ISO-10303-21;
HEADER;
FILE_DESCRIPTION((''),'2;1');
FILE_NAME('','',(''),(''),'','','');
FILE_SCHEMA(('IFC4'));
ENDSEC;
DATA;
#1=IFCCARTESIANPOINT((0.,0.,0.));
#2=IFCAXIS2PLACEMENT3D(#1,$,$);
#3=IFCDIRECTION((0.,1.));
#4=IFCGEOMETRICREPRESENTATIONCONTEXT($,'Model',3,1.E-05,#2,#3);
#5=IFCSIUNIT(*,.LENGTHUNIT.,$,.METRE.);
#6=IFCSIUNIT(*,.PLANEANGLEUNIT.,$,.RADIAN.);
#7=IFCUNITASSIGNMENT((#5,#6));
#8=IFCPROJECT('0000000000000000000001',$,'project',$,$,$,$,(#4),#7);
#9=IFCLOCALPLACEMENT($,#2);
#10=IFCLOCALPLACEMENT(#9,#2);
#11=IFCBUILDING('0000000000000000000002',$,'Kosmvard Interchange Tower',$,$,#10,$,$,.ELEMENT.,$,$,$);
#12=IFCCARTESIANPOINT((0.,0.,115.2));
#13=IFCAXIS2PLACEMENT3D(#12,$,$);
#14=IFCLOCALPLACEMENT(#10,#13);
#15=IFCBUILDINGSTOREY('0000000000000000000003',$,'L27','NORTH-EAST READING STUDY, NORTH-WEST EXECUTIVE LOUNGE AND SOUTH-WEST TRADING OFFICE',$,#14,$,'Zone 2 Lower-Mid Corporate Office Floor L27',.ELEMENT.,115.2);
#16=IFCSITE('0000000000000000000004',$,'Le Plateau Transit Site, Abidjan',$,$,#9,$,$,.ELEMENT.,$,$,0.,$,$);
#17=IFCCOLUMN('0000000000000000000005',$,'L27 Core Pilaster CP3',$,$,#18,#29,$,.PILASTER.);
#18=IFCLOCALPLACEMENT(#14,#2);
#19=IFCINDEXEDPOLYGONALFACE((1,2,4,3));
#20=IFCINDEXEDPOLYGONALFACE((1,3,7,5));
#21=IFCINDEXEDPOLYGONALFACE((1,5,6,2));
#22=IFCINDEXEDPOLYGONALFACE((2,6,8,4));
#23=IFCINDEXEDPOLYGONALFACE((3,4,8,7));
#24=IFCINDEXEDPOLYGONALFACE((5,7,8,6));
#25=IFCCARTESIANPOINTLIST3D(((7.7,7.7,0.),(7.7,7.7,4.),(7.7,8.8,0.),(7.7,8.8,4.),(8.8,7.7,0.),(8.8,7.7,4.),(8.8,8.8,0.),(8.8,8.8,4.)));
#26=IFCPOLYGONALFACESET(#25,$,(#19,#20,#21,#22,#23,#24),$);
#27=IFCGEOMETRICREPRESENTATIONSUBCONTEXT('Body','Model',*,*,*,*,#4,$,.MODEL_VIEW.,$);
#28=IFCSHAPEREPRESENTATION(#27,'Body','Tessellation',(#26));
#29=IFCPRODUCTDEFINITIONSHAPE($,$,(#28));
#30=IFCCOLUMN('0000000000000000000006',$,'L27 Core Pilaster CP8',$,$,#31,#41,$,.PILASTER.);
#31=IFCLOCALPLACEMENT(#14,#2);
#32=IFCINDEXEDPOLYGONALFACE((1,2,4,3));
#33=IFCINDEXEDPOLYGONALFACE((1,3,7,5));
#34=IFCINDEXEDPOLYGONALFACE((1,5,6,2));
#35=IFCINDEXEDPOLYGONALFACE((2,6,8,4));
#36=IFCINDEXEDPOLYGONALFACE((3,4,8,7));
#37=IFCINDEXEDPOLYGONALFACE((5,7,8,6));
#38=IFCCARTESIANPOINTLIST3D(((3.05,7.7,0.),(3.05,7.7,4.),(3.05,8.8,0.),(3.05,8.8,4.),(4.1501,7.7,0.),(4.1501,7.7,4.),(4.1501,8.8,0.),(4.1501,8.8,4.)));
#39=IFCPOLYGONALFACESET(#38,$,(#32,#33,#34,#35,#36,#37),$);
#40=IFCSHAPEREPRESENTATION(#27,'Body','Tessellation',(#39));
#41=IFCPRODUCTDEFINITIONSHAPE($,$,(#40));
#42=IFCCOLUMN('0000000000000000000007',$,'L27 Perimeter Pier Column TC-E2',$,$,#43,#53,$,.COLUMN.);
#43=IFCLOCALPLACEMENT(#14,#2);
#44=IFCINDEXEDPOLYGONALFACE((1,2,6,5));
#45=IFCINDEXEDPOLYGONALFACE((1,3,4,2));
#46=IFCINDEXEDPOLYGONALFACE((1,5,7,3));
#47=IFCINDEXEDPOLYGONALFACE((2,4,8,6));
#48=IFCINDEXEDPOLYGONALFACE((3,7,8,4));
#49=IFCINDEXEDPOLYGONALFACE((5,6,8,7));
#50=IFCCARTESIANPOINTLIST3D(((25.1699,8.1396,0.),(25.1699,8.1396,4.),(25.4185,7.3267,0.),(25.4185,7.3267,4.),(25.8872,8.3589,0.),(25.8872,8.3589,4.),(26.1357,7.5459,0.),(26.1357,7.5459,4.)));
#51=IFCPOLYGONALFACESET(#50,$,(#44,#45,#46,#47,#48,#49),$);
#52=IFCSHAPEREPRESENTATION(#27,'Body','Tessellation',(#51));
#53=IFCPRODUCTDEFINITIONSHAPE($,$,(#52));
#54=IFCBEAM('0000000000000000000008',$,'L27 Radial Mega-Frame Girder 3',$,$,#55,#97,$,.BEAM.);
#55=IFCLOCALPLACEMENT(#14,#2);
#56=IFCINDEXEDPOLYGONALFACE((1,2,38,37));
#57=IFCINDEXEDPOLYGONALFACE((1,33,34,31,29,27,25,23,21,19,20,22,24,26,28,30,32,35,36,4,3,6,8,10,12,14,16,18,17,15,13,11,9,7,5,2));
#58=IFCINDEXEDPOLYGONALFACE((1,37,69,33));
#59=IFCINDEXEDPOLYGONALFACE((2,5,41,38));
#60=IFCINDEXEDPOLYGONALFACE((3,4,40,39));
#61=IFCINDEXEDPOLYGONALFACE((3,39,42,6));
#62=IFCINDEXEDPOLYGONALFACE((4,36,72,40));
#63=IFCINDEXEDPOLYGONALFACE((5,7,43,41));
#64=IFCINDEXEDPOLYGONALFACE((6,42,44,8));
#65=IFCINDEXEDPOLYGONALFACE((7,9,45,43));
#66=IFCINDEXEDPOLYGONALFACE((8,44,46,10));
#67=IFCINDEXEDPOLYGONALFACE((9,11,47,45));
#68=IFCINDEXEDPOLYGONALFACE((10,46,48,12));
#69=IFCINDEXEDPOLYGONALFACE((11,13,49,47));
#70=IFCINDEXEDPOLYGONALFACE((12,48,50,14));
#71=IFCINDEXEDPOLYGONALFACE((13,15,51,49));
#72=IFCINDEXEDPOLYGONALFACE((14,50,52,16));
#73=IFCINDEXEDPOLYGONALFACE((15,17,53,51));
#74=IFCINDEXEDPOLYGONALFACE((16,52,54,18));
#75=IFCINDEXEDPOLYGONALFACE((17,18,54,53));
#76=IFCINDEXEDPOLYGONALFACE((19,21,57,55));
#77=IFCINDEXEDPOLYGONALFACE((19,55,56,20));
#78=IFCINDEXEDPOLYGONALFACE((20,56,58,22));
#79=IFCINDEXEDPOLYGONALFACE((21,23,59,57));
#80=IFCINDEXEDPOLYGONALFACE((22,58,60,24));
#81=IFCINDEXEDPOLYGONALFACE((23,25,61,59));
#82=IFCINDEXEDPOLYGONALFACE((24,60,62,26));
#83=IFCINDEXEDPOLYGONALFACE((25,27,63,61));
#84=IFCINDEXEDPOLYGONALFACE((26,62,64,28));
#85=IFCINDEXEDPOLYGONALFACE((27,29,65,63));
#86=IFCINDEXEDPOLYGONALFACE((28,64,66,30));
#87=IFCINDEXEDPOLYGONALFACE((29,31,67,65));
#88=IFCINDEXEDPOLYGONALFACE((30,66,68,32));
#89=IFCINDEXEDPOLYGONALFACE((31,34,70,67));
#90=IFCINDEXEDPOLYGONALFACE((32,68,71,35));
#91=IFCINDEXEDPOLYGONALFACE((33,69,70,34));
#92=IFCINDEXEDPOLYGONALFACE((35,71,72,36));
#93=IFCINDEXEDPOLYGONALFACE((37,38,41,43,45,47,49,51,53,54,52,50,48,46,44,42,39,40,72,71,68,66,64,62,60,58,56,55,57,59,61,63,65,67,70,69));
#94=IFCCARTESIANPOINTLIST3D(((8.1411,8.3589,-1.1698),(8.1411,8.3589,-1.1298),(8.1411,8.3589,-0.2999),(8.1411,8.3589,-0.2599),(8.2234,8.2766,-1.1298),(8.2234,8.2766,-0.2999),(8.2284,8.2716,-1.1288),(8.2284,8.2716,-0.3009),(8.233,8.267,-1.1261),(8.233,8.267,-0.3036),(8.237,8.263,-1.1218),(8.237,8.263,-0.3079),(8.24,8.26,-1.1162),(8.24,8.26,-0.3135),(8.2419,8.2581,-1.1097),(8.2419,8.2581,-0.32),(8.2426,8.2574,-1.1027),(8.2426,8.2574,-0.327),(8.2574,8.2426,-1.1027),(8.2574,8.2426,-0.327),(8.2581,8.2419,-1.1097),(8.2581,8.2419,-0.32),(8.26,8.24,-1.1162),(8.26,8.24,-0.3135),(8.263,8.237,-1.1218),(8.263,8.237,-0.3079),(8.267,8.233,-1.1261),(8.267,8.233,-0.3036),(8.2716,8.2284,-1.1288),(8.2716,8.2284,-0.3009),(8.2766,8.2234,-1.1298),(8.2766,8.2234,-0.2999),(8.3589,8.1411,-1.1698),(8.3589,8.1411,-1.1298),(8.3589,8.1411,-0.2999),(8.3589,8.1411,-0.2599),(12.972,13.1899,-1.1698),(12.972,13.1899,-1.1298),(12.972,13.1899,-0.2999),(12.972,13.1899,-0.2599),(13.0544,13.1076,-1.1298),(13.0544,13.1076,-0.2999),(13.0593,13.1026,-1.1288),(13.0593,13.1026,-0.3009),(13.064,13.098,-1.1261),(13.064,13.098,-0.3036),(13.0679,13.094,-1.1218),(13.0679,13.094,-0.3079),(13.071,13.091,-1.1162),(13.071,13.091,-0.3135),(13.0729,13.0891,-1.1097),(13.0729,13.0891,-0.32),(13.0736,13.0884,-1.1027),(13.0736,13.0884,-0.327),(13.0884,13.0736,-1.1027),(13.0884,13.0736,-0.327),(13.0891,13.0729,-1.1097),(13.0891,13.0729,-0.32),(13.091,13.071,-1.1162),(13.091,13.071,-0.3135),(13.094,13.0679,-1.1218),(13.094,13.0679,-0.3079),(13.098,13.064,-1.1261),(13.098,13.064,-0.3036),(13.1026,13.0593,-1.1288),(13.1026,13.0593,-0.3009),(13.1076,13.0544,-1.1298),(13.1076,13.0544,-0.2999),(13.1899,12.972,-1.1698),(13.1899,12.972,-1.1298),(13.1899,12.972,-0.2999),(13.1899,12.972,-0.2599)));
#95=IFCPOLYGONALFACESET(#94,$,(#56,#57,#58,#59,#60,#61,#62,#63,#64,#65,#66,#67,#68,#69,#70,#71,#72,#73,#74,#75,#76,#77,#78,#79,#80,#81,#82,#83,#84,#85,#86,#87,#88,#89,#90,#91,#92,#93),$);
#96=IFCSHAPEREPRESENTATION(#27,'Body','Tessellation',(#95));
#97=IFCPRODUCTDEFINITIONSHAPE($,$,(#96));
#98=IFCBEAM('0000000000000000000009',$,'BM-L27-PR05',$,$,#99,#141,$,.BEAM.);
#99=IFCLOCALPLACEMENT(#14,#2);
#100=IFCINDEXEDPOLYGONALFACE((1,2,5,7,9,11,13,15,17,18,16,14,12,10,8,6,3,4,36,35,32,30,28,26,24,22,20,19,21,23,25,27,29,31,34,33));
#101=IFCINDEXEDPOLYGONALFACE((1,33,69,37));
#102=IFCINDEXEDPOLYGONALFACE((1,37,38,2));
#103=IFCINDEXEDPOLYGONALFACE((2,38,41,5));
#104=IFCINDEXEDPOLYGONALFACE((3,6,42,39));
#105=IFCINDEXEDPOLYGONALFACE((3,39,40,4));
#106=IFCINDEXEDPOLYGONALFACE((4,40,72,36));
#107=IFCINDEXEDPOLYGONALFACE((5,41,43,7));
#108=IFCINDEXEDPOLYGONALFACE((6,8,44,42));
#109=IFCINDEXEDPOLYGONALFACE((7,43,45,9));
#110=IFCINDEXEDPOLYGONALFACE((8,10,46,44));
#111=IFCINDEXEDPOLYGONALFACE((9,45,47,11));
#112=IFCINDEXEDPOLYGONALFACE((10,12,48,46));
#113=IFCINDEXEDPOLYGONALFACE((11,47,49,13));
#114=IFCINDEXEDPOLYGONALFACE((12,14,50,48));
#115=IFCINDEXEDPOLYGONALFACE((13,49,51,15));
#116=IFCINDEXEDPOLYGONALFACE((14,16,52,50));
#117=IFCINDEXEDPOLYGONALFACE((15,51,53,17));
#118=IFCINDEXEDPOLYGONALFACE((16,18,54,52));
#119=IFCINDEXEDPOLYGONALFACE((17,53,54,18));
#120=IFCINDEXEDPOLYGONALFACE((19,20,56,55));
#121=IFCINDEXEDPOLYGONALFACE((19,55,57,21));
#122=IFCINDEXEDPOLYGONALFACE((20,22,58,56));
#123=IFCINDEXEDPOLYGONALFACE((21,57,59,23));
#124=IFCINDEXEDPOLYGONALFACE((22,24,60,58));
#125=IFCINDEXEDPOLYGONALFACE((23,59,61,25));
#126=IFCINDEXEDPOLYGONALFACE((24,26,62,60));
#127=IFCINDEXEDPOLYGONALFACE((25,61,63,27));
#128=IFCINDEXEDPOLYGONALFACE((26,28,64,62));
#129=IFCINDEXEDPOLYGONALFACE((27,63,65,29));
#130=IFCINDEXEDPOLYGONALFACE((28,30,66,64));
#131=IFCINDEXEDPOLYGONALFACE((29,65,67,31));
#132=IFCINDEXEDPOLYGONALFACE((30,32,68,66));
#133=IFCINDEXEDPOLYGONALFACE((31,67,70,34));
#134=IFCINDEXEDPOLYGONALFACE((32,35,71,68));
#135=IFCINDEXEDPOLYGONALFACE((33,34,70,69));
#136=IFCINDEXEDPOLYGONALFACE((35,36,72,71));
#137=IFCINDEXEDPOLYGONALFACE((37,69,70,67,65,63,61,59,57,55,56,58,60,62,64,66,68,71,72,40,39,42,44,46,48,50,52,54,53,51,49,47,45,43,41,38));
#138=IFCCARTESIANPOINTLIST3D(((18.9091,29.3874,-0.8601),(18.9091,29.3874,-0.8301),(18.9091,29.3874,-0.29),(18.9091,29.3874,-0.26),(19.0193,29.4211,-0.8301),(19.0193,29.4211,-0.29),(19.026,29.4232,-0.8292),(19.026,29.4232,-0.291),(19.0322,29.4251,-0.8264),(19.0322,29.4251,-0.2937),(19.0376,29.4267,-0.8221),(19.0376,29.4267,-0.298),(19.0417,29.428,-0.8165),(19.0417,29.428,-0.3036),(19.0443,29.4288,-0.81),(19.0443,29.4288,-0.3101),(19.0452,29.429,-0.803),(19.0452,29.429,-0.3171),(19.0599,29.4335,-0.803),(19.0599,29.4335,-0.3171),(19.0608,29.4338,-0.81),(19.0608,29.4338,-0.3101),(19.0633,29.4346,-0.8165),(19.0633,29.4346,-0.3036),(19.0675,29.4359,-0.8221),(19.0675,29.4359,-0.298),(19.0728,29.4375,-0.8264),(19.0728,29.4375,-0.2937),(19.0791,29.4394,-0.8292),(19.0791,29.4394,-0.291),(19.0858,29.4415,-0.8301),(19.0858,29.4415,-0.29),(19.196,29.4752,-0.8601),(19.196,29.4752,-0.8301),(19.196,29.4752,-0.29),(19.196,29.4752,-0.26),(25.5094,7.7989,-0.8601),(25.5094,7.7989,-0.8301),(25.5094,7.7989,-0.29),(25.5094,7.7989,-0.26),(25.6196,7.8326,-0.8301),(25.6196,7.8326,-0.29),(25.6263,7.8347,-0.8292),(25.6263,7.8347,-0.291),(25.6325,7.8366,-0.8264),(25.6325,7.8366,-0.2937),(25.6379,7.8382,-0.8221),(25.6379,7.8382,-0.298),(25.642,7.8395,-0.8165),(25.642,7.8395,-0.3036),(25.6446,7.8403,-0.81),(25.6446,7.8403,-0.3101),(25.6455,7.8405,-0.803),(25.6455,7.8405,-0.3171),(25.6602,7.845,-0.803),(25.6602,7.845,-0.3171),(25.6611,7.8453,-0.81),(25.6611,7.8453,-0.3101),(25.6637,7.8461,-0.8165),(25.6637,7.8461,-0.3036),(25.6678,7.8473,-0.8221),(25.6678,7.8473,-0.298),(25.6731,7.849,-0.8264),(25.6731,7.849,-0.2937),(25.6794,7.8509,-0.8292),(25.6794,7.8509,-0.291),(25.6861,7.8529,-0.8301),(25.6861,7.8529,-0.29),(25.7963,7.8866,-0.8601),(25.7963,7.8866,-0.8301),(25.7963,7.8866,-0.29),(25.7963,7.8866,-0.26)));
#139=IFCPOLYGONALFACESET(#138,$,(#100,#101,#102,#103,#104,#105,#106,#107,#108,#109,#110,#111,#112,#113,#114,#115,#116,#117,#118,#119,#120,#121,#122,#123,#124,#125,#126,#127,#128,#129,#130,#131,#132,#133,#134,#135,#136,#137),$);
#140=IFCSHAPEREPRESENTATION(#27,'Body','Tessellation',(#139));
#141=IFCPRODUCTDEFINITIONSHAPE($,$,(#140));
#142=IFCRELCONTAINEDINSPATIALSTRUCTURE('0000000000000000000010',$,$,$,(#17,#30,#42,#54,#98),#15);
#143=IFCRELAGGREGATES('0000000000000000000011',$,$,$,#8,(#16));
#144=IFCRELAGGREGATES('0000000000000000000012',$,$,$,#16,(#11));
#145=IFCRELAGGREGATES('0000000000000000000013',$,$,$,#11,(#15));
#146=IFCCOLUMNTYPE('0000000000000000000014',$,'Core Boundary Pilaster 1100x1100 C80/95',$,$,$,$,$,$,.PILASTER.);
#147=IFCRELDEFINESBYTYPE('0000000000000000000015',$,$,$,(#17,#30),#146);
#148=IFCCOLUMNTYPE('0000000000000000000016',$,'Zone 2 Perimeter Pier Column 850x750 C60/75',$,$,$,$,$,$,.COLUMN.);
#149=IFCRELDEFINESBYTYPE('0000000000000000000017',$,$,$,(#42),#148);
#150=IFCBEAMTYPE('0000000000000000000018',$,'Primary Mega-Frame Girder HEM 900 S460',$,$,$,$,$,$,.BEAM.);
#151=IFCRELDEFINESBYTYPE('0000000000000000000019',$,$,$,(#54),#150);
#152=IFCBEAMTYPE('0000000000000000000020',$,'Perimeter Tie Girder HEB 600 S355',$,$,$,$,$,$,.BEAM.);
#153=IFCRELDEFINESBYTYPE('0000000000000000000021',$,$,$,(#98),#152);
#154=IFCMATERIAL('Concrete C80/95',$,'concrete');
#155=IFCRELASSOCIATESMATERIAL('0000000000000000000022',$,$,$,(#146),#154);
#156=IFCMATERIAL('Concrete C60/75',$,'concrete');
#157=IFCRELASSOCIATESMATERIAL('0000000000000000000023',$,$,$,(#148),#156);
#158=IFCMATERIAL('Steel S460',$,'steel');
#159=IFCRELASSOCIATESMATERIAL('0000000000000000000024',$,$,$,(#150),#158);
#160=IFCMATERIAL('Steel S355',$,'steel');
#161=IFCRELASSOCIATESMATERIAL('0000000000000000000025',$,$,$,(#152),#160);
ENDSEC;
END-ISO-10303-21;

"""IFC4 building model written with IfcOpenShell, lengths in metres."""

from ifc_helpers import new_model, si_unit, direction, frame, origin, origin_2d, place, context, subcontext, project, spatial, rectangle, i_section, extrude, source, transform, mapped, material, material_profile, profile_set, type_object, element, save


model = new_model("IFC4")

# Units and contexts
model_context = context("Model", 3, precision=1e-05, world=origin(), true_north=direction((0.0, 1.0)))
body_context = subcontext(model_context, "Body", "Model", "MODEL_VIEW")
ifc_project = project(units=[si_unit("LENGTHUNIT", "METRE"), si_unit("PLANEANGLEUNIT", "RADIAN")], contexts=[model_context])

# Site, building, storey
site_placement = place(None, origin())
site = spatial("IfcSite", under=ifc_project, at=site_placement, Name="Le Plateau Transit Site, Abidjan", CompositionType="ELEMENT", RefElevation=0.0)
building_placement = place(site_placement, origin())
building = spatial("IfcBuilding", under=site, at=building_placement, Name="Kosmvard Interchange Tower", CompositionType="ELEMENT")
storey_placement = place(building_placement, frame((0.0, 0.0, 115.2)))
storey = spatial("IfcBuildingStorey", under=building, at=storey_placement, Name="L27", Description="NORTH-EAST READING STUDY, NORTH-WEST EXECUTIVE LOUNGE AND SOUTH-WEST TRADING OFFICE", LongName="Zone 2 Lower-Mid Corporate Office Floor L27", CompositionType="ELEMENT", Elevation=115.2)

# Columns
ifc_material_1 = material(Name="Concrete C80/95", Category="concrete")
ifc_material_profile_1 = material_profile(ifc_material_1, rectangle(XDim=1.1001, YDim=1.1001, at=origin_2d()), Name="CP 1100x1100")
ifc_profile_set_1 = profile_set([ifc_material_profile_1], Name="Concrete C80/95")
column_type_1 = type_object("IfcColumnType", Name="Core Boundary Pilaster 1100x1100 C80/95", PredefinedType="PILASTER", material=ifc_profile_set_1)
shared_shape_1 = source(origin(), body_context, "Body", "SweptSolid", [
    extrude(rectangle(XDim=1.1001, YDim=1.1001, at=origin_2d()), origin(), (0.0, 0.0, 1.0), 4.0),
])
for number, where, z_axis, x_axis, name in (
    (1, (8.25, 8.25, 0.0), (0.0, 0.0, 1.0), (1.0, 0.0, 0.0), "L27 Core Pilaster CP3"),
    (2, (3.6001, 8.25, 0.0), (0.0, 0.0, 1.0), (1.0, 0.0, 0.0), "L27 Core Pilaster CP8"),
):
    element("IfcColumn", number, at=place(storey_placement, frame(where, z_axis=z_axis, x_axis=x_axis)), inside=storey, type_object=column_type_1, Name=name, PredefinedType="PILASTER", context=body_context, shape_type="MappedRepresentation", body=[
        mapped(shared_shape_1, transform((0.0, 0.0, 0.0), scale=1.0)),
    ])
ifc_material_2 = material(Name="Concrete C60/75", Category="concrete")
ifc_material_profile_2 = material_profile(ifc_material_2, rectangle(XDim=0.75, YDim=0.8501, at=origin_2d()), Name="TC 850x750")
ifc_profile_set_2 = profile_set([ifc_material_profile_2], Name="Concrete C60/75")
column_type_2 = type_object("IfcColumnType", Name="Zone 2 Perimeter Pier Column 850x750 C60/75", PredefinedType="COLUMN", material=ifc_profile_set_2)
shared_shape_2 = source(origin(), body_context, "Body", "SweptSolid", [
    extrude(rectangle(XDim=0.75, YDim=0.8501, at=origin_2d()), origin(), (0.0, 0.0, 1.0), 4.0),
])
column_placement = place(storey_placement, frame((25.6528, 7.8428, 0.0), z_axis=(0.0, 0.0, 1.0), x_axis=(0.956305, 0.292372, 0.0)))
element("IfcColumn", 3, at=column_placement, inside=storey, type_object=column_type_2, Name="L27 Perimeter Pier Column TC-E2", PredefinedType="COLUMN", context=body_context, shape_type="MappedRepresentation", body=[
    mapped(shared_shape_2, transform((0.0, 0.0, 0.0), scale=1.0)),
])

# Beams
ifc_material_3 = material(Name="Steel S460", Category="steel")
ifc_material_profile_3 = material_profile(ifc_material_3, i_section(OverallWidth=0.3081, OverallDepth=0.9099, WebThickness=0.021, FlangeThickness=0.04, FilletRadius=0.0271, at=origin_2d()), Name="HEM 900")
ifc_profile_set_3 = profile_set([ifc_material_profile_3], Name="Steel S460")
beam_type_1 = type_object("IfcBeamType", Name="Primary Mega-Frame Girder HEM 900 S460", PredefinedType="BEAM", material=ifc_profile_set_3)
shared_shape_3 = source(origin(), body_context, "Body", "SweptSolid", [
    extrude(i_section(OverallWidth=0.3081, OverallDepth=0.9099, WebThickness=0.021, FlangeThickness=0.04, FilletRadius=0.0271, at=origin_2d()), origin(), (0.0, 0.0, 1.0), 6.832),
])
beam_1_placement = place(storey_placement, frame((8.25, 8.25, -0.7148), z_axis=(0.707107, 0.707107, 0.0), x_axis=(-0.707107, 0.707107, 0.0)))
element("IfcBeam", 4, at=beam_1_placement, inside=storey, type_object=beam_type_1, Name="L27 Radial Mega-Frame Girder 3", PredefinedType="BEAM", context=body_context, shape_type="MappedRepresentation", body=[
    mapped(shared_shape_3, transform((0.0, 0.0, 0.0), scale=1.0)),
])
ifc_material_4 = material(Name="Steel S355", Category="steel")
ifc_material_profile_4 = material_profile(ifc_material_4, i_section(OverallWidth=0.3, OverallDepth=0.6001, WebThickness=0.0154, FlangeThickness=0.03, FilletRadius=0.0271, at=origin_2d()), Name="HEB 600")
ifc_profile_set_4 = profile_set([ifc_material_profile_4], Name="Steel S355")
beam_type_2 = type_object("IfcBeamType", Name="Perimeter Tie Girder HEB 600 S355", PredefinedType="BEAM", material=ifc_profile_set_4)
shared_shape_4 = source(origin(), body_context, "Body", "SweptSolid", [
    extrude(i_section(OverallWidth=0.3, OverallDepth=0.6001, WebThickness=0.0154, FlangeThickness=0.03, FilletRadius=0.0271, at=origin_2d()), origin(), (0.0, 0.0, 1.0), 22.575),
])
beam_2_placement = place(storey_placement, frame((25.6528, 7.8428, -0.5601), z_axis=(-0.292373, 0.956304, 0.0), x_axis=(-0.956304, -0.292373, 0.0)))
element("IfcBeam", 5, at=beam_2_placement, inside=storey, type_object=beam_type_2, Name="BM-L27-PR05", PredefinedType="BEAM", context=body_context, shape_type="MappedRepresentation", body=[
    mapped(shared_shape_4, transform((0.0, 0.0, 0.0), scale=1.0)),
])

save(model, "model.ifc")
